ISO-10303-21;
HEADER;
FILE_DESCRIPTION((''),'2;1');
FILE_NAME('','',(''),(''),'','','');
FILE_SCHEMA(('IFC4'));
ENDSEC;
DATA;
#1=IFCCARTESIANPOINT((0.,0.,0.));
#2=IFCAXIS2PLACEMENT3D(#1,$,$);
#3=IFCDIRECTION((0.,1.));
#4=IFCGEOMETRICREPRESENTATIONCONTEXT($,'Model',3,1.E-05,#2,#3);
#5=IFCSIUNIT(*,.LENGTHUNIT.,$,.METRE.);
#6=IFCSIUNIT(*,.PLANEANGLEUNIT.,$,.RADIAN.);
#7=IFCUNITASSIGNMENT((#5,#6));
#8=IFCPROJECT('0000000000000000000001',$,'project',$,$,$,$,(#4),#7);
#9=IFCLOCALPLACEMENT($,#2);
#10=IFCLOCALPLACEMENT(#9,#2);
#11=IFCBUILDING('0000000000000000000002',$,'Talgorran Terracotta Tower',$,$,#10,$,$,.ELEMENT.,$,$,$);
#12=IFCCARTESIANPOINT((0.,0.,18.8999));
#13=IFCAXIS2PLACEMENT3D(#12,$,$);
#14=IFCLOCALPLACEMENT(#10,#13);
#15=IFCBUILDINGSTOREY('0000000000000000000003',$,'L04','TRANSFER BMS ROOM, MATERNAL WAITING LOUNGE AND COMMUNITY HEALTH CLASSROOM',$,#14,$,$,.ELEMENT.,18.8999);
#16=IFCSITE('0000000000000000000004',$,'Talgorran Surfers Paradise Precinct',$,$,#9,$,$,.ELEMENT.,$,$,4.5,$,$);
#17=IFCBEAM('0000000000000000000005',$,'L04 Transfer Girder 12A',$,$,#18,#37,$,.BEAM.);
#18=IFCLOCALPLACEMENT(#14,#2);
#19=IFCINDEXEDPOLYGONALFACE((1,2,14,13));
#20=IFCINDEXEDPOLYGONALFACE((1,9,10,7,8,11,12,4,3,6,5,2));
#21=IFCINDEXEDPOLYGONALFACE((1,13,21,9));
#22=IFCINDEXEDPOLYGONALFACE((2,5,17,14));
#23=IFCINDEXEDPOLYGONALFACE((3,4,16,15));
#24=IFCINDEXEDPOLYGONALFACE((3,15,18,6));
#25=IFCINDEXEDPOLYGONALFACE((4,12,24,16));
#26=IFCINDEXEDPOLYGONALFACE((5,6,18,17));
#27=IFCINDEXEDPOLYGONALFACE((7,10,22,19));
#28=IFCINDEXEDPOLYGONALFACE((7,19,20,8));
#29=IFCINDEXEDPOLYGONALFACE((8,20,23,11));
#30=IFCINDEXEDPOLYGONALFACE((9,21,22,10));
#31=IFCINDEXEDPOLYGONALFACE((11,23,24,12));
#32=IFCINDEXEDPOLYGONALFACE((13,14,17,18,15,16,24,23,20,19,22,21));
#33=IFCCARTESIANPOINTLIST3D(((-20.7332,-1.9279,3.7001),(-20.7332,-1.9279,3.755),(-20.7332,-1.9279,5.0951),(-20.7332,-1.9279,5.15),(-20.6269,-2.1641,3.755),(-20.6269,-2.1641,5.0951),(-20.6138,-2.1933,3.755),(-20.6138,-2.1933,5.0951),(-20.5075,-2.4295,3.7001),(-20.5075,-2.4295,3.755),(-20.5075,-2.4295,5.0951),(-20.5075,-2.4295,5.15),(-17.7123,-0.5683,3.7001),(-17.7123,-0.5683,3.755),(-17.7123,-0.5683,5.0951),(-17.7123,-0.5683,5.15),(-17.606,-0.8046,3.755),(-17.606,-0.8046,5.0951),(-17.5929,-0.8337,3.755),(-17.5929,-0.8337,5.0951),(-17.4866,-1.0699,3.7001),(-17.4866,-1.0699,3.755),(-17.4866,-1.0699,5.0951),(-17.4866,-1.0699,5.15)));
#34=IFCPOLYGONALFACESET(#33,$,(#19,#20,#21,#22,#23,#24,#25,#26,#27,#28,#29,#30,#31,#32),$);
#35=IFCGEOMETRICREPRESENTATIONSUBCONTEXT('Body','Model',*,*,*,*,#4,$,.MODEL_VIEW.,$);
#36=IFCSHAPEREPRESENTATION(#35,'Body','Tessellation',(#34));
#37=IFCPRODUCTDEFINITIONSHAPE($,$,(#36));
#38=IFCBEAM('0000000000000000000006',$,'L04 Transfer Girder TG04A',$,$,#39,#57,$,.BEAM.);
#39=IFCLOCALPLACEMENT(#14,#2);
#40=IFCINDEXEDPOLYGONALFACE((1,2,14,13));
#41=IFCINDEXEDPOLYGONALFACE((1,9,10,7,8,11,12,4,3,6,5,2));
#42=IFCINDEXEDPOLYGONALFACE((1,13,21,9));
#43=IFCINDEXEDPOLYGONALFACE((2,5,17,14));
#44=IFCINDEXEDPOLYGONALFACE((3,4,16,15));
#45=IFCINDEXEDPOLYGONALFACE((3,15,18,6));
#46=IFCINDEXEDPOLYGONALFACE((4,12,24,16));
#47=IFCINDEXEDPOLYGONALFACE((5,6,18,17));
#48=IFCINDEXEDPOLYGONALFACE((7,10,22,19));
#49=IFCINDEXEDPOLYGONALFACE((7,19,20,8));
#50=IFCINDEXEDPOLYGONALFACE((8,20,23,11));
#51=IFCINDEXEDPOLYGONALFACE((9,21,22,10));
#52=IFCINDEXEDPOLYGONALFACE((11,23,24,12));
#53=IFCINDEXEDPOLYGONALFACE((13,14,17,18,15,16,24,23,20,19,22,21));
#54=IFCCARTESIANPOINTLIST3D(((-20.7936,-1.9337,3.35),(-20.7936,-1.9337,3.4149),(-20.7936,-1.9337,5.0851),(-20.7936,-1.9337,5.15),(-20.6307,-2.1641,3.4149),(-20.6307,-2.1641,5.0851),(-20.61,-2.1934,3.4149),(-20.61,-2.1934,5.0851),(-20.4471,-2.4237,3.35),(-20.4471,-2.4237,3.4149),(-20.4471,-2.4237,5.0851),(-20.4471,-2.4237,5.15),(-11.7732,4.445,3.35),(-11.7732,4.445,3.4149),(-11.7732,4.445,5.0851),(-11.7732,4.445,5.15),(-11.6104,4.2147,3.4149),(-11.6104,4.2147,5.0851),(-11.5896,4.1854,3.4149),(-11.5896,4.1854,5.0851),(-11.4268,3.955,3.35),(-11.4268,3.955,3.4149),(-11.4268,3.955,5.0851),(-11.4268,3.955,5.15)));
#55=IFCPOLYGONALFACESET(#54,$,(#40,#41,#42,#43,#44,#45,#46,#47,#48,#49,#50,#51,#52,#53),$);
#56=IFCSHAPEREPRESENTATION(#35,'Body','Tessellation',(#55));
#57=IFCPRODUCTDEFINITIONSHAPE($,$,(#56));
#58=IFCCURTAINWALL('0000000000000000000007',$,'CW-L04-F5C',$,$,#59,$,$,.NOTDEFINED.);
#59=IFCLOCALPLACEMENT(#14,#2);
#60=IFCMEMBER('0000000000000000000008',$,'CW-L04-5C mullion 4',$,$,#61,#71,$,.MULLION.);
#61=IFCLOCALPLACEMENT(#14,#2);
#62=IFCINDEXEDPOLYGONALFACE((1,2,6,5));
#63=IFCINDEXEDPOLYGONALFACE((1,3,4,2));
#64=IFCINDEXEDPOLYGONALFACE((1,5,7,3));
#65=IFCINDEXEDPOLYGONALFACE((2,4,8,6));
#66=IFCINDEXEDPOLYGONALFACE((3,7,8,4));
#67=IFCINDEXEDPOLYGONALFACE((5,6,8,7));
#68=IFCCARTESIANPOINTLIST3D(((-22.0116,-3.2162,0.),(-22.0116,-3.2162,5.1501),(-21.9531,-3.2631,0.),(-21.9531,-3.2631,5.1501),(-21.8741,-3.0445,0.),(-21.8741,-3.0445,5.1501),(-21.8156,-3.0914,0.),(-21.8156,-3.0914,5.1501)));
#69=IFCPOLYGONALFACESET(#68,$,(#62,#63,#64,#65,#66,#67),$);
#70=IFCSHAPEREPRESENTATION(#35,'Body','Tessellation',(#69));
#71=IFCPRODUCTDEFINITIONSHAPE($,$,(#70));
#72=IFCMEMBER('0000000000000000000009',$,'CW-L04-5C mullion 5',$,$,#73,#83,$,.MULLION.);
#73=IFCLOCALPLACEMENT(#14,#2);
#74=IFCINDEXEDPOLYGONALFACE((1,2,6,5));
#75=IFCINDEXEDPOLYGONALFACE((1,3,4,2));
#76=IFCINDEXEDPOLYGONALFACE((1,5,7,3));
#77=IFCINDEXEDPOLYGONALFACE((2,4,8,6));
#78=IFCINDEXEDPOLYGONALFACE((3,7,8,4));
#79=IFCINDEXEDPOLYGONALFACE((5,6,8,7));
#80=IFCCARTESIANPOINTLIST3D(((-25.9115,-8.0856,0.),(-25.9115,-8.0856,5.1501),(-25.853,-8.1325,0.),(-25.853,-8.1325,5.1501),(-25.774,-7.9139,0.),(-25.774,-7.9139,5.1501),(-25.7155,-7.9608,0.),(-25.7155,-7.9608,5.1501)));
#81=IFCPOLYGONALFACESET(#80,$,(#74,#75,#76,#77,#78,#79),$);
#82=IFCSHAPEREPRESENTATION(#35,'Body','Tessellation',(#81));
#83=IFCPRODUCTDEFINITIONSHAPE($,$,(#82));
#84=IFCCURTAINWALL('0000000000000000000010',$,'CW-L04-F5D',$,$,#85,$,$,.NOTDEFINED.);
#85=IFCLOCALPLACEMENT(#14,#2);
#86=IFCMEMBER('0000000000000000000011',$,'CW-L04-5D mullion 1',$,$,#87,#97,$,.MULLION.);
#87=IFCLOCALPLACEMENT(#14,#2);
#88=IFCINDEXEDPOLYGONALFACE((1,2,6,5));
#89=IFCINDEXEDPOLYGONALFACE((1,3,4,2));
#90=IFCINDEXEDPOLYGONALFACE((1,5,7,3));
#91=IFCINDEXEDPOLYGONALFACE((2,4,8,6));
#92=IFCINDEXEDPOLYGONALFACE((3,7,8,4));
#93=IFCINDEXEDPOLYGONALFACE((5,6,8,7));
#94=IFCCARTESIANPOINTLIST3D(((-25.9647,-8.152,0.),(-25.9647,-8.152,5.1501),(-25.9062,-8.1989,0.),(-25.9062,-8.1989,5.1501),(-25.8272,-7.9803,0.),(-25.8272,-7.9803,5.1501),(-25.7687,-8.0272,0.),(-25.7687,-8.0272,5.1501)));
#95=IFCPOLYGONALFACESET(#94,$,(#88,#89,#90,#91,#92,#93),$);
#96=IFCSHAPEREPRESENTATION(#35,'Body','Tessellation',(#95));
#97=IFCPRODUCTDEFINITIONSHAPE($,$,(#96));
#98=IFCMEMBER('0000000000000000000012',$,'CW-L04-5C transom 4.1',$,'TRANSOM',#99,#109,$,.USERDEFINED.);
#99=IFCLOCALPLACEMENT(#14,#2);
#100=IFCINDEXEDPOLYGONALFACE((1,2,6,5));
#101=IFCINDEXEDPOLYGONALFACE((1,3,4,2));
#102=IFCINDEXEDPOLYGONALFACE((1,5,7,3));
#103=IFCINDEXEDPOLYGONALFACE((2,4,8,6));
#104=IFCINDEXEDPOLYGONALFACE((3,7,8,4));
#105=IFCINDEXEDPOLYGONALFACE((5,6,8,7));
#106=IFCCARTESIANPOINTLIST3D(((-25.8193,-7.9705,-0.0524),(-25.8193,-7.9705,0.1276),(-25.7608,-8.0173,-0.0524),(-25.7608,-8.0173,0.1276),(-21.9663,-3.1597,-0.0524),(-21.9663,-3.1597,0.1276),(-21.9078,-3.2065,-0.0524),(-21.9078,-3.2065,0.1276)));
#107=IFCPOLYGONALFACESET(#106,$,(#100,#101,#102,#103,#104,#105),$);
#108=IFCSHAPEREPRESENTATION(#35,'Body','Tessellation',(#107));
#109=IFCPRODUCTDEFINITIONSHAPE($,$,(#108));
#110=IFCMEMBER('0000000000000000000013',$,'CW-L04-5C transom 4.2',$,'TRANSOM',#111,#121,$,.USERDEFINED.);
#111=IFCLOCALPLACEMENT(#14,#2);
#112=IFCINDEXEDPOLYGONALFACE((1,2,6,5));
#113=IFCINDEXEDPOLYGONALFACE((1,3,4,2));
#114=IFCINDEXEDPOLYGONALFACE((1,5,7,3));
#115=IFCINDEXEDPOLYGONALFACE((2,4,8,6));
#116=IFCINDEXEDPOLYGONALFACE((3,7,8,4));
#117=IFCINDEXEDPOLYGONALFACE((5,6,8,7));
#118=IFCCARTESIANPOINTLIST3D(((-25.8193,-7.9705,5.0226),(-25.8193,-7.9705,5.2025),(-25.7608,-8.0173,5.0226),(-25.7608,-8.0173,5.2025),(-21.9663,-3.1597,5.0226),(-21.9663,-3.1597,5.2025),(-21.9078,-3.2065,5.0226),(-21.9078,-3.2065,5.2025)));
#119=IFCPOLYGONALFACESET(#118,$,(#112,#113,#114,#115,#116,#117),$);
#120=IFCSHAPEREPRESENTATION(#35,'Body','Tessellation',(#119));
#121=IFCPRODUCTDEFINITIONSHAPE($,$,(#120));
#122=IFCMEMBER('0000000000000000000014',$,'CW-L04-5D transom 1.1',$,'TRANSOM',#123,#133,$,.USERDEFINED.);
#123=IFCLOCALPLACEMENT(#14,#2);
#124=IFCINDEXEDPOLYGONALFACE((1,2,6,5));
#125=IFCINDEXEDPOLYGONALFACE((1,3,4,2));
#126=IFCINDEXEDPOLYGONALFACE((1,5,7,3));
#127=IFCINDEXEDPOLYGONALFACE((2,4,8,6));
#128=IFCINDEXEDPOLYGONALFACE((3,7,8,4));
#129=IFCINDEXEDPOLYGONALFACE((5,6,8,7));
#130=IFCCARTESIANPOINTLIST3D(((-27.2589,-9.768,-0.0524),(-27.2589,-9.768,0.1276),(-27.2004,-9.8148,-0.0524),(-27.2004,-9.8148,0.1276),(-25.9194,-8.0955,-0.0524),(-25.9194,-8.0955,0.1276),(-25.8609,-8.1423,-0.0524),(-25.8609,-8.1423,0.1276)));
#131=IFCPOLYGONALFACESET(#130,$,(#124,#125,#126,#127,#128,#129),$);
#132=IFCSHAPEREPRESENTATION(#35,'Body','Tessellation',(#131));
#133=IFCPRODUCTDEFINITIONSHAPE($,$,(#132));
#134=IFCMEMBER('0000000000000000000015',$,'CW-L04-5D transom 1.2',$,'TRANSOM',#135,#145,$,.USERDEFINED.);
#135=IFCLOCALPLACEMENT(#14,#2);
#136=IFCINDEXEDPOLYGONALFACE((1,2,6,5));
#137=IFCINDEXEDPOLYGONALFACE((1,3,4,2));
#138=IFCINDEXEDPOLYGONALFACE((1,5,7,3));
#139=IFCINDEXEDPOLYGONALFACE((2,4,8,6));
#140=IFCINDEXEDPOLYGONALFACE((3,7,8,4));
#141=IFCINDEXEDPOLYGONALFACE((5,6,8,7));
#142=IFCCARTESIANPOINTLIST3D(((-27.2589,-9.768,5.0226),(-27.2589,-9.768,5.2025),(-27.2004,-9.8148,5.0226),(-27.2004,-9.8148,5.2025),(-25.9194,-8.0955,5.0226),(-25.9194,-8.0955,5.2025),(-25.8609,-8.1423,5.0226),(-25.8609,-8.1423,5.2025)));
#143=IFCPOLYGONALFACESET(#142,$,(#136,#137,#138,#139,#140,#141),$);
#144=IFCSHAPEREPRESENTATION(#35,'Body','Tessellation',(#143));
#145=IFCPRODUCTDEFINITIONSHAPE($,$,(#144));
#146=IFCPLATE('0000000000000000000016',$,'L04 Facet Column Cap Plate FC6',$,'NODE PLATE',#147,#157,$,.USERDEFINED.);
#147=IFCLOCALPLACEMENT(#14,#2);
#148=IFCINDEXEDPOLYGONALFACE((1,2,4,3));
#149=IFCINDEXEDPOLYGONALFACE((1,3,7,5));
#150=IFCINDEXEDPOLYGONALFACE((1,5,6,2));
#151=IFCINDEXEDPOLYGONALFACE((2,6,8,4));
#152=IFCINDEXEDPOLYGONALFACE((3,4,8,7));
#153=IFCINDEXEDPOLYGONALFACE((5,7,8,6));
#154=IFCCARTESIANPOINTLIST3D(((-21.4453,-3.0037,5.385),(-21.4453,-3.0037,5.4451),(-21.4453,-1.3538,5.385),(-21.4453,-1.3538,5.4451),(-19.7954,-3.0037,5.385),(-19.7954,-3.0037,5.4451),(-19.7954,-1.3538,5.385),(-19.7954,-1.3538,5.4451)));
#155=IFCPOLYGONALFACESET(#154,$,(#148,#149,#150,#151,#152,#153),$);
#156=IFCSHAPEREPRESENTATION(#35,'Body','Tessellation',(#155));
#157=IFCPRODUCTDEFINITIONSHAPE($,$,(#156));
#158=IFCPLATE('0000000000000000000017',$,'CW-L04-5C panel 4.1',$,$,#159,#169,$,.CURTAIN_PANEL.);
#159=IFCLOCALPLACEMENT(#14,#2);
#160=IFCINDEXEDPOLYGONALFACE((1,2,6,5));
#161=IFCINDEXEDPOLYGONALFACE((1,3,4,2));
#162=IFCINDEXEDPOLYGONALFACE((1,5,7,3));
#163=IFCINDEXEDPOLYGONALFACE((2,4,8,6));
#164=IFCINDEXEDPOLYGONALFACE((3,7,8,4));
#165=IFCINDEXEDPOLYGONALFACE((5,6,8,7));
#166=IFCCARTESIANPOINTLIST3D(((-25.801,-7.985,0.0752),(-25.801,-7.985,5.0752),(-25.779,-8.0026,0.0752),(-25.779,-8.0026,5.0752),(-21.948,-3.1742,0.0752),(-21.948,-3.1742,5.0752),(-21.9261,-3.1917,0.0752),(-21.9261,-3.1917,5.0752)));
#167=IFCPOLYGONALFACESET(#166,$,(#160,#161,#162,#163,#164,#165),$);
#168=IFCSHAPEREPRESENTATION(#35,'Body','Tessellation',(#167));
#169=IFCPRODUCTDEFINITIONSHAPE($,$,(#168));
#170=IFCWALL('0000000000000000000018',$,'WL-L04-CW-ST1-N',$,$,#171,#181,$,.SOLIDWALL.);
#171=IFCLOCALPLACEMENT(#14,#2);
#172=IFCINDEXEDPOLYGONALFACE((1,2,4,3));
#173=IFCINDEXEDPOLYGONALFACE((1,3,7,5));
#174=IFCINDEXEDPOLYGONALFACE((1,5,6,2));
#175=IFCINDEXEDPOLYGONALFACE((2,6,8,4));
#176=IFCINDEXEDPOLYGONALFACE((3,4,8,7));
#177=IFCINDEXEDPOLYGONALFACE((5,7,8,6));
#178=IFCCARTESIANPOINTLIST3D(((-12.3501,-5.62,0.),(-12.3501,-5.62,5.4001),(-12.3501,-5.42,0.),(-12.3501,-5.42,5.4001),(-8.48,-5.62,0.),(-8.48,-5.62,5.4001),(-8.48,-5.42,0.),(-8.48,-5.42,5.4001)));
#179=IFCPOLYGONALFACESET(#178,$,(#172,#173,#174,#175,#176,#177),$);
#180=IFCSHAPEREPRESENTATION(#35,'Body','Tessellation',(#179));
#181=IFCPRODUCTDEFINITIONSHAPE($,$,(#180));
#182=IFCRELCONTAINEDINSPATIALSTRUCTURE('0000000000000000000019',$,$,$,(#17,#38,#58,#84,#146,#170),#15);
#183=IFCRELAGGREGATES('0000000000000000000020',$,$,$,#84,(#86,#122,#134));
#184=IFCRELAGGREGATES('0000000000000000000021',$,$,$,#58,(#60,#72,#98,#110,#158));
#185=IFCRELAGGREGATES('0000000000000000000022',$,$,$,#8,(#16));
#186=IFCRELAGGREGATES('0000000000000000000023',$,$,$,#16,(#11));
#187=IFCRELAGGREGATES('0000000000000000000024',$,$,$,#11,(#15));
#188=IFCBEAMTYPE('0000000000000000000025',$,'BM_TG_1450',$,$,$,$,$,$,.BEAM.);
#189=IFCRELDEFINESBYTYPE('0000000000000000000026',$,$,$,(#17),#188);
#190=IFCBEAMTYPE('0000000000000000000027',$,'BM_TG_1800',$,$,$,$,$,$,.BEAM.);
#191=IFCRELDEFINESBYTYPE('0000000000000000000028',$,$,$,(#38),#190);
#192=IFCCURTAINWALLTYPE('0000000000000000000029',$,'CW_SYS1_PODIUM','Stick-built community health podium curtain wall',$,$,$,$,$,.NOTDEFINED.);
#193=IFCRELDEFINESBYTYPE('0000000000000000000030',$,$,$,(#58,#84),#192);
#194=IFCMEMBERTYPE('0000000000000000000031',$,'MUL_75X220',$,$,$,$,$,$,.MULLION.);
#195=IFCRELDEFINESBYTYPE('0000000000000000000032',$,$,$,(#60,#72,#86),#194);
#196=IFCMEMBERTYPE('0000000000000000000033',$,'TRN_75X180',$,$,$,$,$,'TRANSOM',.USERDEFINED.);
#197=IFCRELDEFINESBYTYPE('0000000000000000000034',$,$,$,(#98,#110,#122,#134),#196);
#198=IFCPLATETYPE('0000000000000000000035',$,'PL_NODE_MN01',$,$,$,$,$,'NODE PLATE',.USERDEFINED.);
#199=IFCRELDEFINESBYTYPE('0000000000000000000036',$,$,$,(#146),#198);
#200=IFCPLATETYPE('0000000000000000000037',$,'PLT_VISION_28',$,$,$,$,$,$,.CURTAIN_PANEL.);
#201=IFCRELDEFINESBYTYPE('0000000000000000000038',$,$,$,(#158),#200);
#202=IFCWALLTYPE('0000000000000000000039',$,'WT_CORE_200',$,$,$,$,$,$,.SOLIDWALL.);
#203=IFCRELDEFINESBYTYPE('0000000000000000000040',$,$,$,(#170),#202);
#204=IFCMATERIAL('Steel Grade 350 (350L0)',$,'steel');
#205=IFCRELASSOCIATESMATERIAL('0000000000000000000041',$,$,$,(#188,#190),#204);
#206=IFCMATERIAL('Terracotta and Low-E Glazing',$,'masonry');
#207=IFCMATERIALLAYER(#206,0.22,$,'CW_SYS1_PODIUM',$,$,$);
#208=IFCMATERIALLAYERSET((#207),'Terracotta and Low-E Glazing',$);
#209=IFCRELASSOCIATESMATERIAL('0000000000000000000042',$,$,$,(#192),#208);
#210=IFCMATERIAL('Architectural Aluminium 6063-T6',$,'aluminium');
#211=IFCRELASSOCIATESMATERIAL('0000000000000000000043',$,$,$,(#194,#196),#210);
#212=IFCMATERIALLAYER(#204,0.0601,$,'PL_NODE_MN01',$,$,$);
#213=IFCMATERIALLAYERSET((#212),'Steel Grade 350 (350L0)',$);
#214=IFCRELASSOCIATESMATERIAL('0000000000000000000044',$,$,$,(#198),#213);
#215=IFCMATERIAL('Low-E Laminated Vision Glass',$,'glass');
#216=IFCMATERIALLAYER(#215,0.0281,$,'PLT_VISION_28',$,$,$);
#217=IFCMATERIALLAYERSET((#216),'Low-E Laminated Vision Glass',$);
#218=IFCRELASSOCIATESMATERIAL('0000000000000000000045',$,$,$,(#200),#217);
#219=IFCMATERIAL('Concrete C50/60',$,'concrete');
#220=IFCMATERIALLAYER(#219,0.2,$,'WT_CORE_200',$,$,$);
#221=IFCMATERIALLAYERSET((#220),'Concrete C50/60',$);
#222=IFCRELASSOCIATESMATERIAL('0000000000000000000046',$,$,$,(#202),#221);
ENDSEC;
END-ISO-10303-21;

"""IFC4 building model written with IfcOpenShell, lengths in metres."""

from ifc_helpers import new_model, si_unit, direction, frame, frame_2d, origin, origin_2d, place, context, subcontext, project, spatial, rectangle, i_section, extrude, source, transform, mapped, material, layer, layer_set, material_profile, profile_set, type_object, type_shapes, element, aggregate, save


model = new_model("IFC4")

# Units and contexts
model_context = context("Model", 3, precision=1e-05, world=origin(), true_north=direction((0.0, 1.0)))
body_context = subcontext(model_context, "Body", "Model", "MODEL_VIEW")
ifc_project = project(units=[si_unit("LENGTHUNIT", "METRE"), si_unit("PLANEANGLEUNIT", "RADIAN")], contexts=[model_context])

# Site, building, storey
site_placement = place(None, origin())
site = spatial("IfcSite", under=ifc_project, at=site_placement, Name="Talgorran Surfers Paradise Precinct", CompositionType="ELEMENT", RefElevation=4.5)
building_placement = place(site_placement, origin())
building = spatial("IfcBuilding", under=site, at=building_placement, Name="Talgorran Terracotta Tower", CompositionType="ELEMENT")
storey_placement = place(building_placement, frame((0.0, 0.0, 18.8999)))
storey = spatial("IfcBuildingStorey", under=building, at=storey_placement, Name="L04", Description="TRANSFER BMS ROOM, MATERNAL WAITING LOUNGE AND COMMUNITY HEALTH CLASSROOM", CompositionType="ELEMENT", Elevation=18.8999)

# Shared definitions
ifc_material_1 = material(Name="Steel Grade 350 (350L0)", Category="steel")

# Beams
ifc_material_profile_1 = material_profile(ifc_material_1, i_section(OverallWidth=0.55, OverallDepth=1.45, WebThickness=0.032, FlangeThickness=0.0549, at=origin_2d()), Name="TG1450X550")
ifc_profile_set_1 = profile_set([ifc_material_profile_1], Name="Steel Grade 350 (350L0)")
beam_type_1 = type_object("IfcBeamType", Name="BM_TG_1450", PredefinedType="BEAM", material=ifc_profile_set_1)
beam_1_placement = place(storey_placement, frame((-20.6204, -2.1787, 4.425), z_axis=(0.911902, 0.410408, 0.0), x_axis=(-0.410408, 0.911902, 0.0)))
element("IfcBeam", 1, at=beam_1_placement, inside=storey, type_object=beam_type_1, Name="L04 Transfer Girder 12A", PredefinedType="BEAM", context=body_context, shape_type="SweptSolid", body=[
    extrude(i_section(OverallWidth=0.55, OverallDepth=1.45, WebThickness=0.032, FlangeThickness=0.0549, at=origin_2d()), origin(), (0.0, 0.0, 1.0), 3.3127),
])
ifc_material_profile_2 = material_profile(ifc_material_1, i_section(OverallWidth=0.6001, OverallDepth=1.8, WebThickness=0.0359, FlangeThickness=0.0649, at=origin_2d()), Name="TG1800X600")
ifc_profile_set_2 = profile_set([ifc_material_profile_2], Name="Steel Grade 350 (350L0)")
beam_type_2 = type_object("IfcBeamType", Name="BM_TG_1800", PredefinedType="BEAM", material=ifc_profile_set_2)
beam_2_placement = place(storey_placement, frame((-20.6204, -2.1787, 4.25), z_axis=(0.816481, 0.577373, 0.0), x_axis=(-0.577373, 0.816481, 0.0)))
element("IfcBeam", 2, at=beam_2_placement, inside=storey, type_object=beam_type_2, Name="L04 Transfer Girder TG04A", PredefinedType="BEAM", context=body_context, shape_type="SweptSolid", body=[
    extrude(i_section(OverallWidth=0.6001, OverallDepth=1.8, WebThickness=0.0359, FlangeThickness=0.0649, at=origin_2d()), origin(), (0.0, 0.0, 1.0), 11.0479),
])

# Curtain wall, members
ifc_material_2 = material(Name="Terracotta and Low-E Glazing", Category="masonry")
ifc_layer_1 = layer(ifc_material_2, 0.22, Name="CW_SYS1_PODIUM")
ifc_layer_set_1 = layer_set([ifc_layer_1], Name="Terracotta and Low-E Glazing")
curtain_wall_type = type_object("IfcCurtainWallType", Name="CW_SYS1_PODIUM", Description="Stick-built community health podium curtain wall", PredefinedType="NOTDEFINED", material=ifc_layer_set_1)
curtain_wall_1_placement = place(storey_placement, origin())
curtain_wall_1 = element("IfcCurtainWall", 3, at=curtain_wall_1_placement, inside=storey, type_object=curtain_wall_type, Name="CW-L04-F5C", PredefinedType="NOTDEFINED")
ifc_material_3 = material(Name="Architectural Aluminium 6063-T6", Category="aluminium")
ifc_material_profile_3 = material_profile(ifc_material_3, rectangle(XDim=0.075, YDim=0.22, at=origin_2d()), Name="CWM75X220")
ifc_profile_set_3 = profile_set([ifc_material_profile_3], Name="Architectural Aluminium 6063-T6")
member_type_1 = type_object("IfcMemberType", Name="MUL_75X220", PredefinedType="MULLION", material=ifc_profile_set_3)
member_1_placement = place(storey_placement, frame((-21.9136, -3.1538, 0.0), z_axis=(0.0, 0.0, 1.0), x_axis=(0.780533, -0.625115, 0.0)))
member_1 = element("IfcMember", 4, at=member_1_placement, type_object=member_type_1, Name="CW-L04-5C mullion 4", PredefinedType="MULLION", context=body_context, shape_type="SweptSolid", body=[
    extrude(rectangle(XDim=0.075, YDim=0.22, at=origin_2d()), origin(), (0.0, 0.0, 1.0), 5.1501),
])
member_2_placement = place(storey_placement, frame((-25.8135, -8.0232, 0.0), z_axis=(0.0, 0.0, 1.0), x_axis=(0.780533, -0.625115, 0.0)))
member_2 = element("IfcMember", 5, at=member_2_placement, type_object=member_type_1, Name="CW-L04-5C mullion 5", PredefinedType="MULLION", context=body_context, shape_type="SweptSolid", body=[
    extrude(rectangle(XDim=0.075, YDim=0.22, at=origin_2d()), origin(), (0.0, 0.0, 1.0), 5.1501),
])

# Curtain wall, member
curtain_wall_2_placement = place(storey_placement, origin())
curtain_wall_2 = element("IfcCurtainWall", 6, at=curtain_wall_2_placement, inside=storey, type_object=curtain_wall_type, Name="CW-L04-F5D", PredefinedType="NOTDEFINED")
member_3_placement = place(storey_placement, frame((-25.8667, -8.0896, 0.0), z_axis=(0.0, 0.0, 1.0), x_axis=(0.780541, -0.625104, 0.0)))
member_3 = element("IfcMember", 7, at=member_3_placement, type_object=member_type_1, Name="CW-L04-5D mullion 1", PredefinedType="MULLION", context=body_context, shape_type="SweptSolid", body=[
    extrude(rectangle(XDim=0.075, YDim=0.22, at=origin_2d()), origin(), (0.0, 0.0, 1.0), 5.1501),
])

# Members
ifc_material_profile_4 = material_profile(ifc_material_3, rectangle(XDim=0.075, YDim=0.1799, at=origin_2d()), Name="CWT75X180")
ifc_profile_set_4 = profile_set([ifc_material_profile_4], Name="Architectural Aluminium 6063-T6")
member_type_2 = type_object("IfcMemberType", Name="TRN_75X180", ElementType="TRANSOM", PredefinedType="USERDEFINED", material=ifc_profile_set_4)
member_4_placement = place(storey_placement, frame((-21.937, -3.1831, 0.0376), z_axis=(-0.62513, -0.780521, 0.0), x_axis=(0.780521, -0.62513, 0.0)))
member_4 = element("IfcMember", 8, at=member_4_placement, type_object=member_type_2, Name="CW-L04-5C transom 4.1", ObjectType="TRANSOM", PredefinedType="USERDEFINED", context=body_context, shape_type="SweptSolid", body=[
    extrude(rectangle(XDim=0.075, YDim=0.1799, at=origin_2d()), origin(), (0.0, 0.0, 1.0), 6.1636),
])
member_5_placement = place(storey_placement, frame((-21.937, -3.1831, 5.1125), z_axis=(-0.62513, -0.780521, 0.0), x_axis=(0.780521, -0.62513, 0.0)))
member_5 = element("IfcMember", 9, at=member_5_placement, type_object=member_type_2, Name="CW-L04-5C transom 4.2", ObjectType="TRANSOM", PredefinedType="USERDEFINED", context=body_context, shape_type="SweptSolid", body=[
    extrude(rectangle(XDim=0.075, YDim=0.1799, at=origin_2d()), origin(), (0.0, 0.0, 1.0), 6.1636),
])
member_6_placement = place(storey_placement, frame((-25.8901, -8.1189, 0.0376), z_axis=(-0.625126, -0.780524, 0.0), x_axis=(0.780524, -0.625126, 0.0)))
member_6 = element("IfcMember", 10, at=member_6_placement, type_object=member_type_2, Name="CW-L04-5D transom 1.1", ObjectType="TRANSOM", PredefinedType="USERDEFINED", context=body_context, shape_type="SweptSolid", body=[
    extrude(rectangle(XDim=0.075, YDim=0.1799, at=origin_2d()), origin(), (0.0, 0.0, 1.0), 2.1428),
])
member_7_placement = place(storey_placement, frame((-25.8901, -8.1189, 5.1125), z_axis=(-0.625126, -0.780524, 0.0), x_axis=(0.780524, -0.625126, 0.0)))
member_7 = element("IfcMember", 11, at=member_7_placement, type_object=member_type_2, Name="CW-L04-5D transom 1.2", ObjectType="TRANSOM", PredefinedType="USERDEFINED", context=body_context, shape_type="SweptSolid", body=[
    extrude(rectangle(XDim=0.075, YDim=0.1799, at=origin_2d()), origin(), (0.0, 0.0, 1.0), 2.1428),
])
aggregate(curtain_wall_2, [member_3, member_6, member_7])

# Plates
ifc_layer_2 = layer(ifc_material_1, 0.0601, Name="PL_NODE_MN01")
ifc_layer_set_2 = layer_set([ifc_layer_2], Name="Steel Grade 350 (350L0)")
plate_type_1 = type_object("IfcPlateType", Name="PL_NODE_MN01", ElementType="NODE PLATE", PredefinedType="USERDEFINED", material=ifc_layer_set_2)
plate_1_placement = place(storey_placement, frame((-20.6204, -2.1787, 5.385), z_axis=(0.0, 0.0, 1.0), x_axis=(1.0, 0.0, 0.0)))
element("IfcPlate", 12, at=plate_1_placement, inside=storey, type_object=plate_type_1, Name="L04 Facet Column Cap Plate FC6", ObjectType="NODE PLATE", PredefinedType="USERDEFINED", context=body_context, shape_type="SweptSolid", body=[
    extrude(rectangle(XDim=1.6499, YDim=1.6499, at=origin_2d()), origin(), (0.0, 0.0, 1.0), 0.0601),
])
ifc_material_4 = material(Name="Low-E Laminated Vision Glass", Category="glass")
ifc_layer_3 = layer(ifc_material_4, 0.0281, Name="PLT_VISION_28")
ifc_layer_set_3 = layer_set([ifc_layer_3], Name="Low-E Laminated Vision Glass")
plate_type_2 = type_object("IfcPlateType", Name="PLT_VISION_28", PredefinedType="CURTAIN_PANEL", material=ifc_layer_set_3)
shared_shape = source(origin(), body_context, "Body", "SweptSolid", [
    extrude(rectangle(XDim=6.1636, YDim=0.0281, at=origin_2d()), origin(), (0.0, 0.0, 1.0), 5.0),
])
type_shapes(plate_type_2, [shared_shape])
plate_2_placement = place(storey_placement, frame((-23.8635, -5.5884, 0.0752), z_axis=(0.0, 0.0, 1.0), x_axis=(-0.625115, -0.780533, 0.0)))
plate_2 = element("IfcPlate", 13, at=plate_2_placement, type_object=plate_type_2, Name="CW-L04-5C panel 4.1", PredefinedType="CURTAIN_PANEL", context=body_context, shape_type="MappedRepresentation", body=[
    mapped(shared_shape, transform((0.0, 0.0, 0.0), scale=1.0)),
])
aggregate(curtain_wall_1, [member_1, member_2, member_4, member_5, plate_2])

# Wall
ifc_material_5 = material(Name="Concrete C50/60", Category="concrete")
ifc_layer_4 = layer(ifc_material_5, 0.2, Name="WT_CORE_200")
ifc_layer_set_4 = layer_set([ifc_layer_4], Name="Concrete C50/60")
wall_type_1 = type_object("IfcWallType", Name="WT_CORE_200", PredefinedType="SOLIDWALL", material=ifc_layer_set_4)
wall_1_placement = place(storey_placement, frame((-12.3501, -5.52, 0.0), z_axis=(0.0, 0.0, 1.0), x_axis=(1.0, 0.0, 0.0)))
element("IfcWall", 14, at=wall_1_placement, inside=storey, type_object=wall_type_1, Name="WL-L04-CW-ST1-N", PredefinedType="SOLIDWALL", context=body_context, shape_type="SweptSolid", body=[
    extrude(rectangle(XDim=3.8701, YDim=0.2, at=frame_2d((1.9351, 0.0))), origin(), (0.0, 0.0, 1.0), 5.4001),
])

save(model, "model.ifc")
